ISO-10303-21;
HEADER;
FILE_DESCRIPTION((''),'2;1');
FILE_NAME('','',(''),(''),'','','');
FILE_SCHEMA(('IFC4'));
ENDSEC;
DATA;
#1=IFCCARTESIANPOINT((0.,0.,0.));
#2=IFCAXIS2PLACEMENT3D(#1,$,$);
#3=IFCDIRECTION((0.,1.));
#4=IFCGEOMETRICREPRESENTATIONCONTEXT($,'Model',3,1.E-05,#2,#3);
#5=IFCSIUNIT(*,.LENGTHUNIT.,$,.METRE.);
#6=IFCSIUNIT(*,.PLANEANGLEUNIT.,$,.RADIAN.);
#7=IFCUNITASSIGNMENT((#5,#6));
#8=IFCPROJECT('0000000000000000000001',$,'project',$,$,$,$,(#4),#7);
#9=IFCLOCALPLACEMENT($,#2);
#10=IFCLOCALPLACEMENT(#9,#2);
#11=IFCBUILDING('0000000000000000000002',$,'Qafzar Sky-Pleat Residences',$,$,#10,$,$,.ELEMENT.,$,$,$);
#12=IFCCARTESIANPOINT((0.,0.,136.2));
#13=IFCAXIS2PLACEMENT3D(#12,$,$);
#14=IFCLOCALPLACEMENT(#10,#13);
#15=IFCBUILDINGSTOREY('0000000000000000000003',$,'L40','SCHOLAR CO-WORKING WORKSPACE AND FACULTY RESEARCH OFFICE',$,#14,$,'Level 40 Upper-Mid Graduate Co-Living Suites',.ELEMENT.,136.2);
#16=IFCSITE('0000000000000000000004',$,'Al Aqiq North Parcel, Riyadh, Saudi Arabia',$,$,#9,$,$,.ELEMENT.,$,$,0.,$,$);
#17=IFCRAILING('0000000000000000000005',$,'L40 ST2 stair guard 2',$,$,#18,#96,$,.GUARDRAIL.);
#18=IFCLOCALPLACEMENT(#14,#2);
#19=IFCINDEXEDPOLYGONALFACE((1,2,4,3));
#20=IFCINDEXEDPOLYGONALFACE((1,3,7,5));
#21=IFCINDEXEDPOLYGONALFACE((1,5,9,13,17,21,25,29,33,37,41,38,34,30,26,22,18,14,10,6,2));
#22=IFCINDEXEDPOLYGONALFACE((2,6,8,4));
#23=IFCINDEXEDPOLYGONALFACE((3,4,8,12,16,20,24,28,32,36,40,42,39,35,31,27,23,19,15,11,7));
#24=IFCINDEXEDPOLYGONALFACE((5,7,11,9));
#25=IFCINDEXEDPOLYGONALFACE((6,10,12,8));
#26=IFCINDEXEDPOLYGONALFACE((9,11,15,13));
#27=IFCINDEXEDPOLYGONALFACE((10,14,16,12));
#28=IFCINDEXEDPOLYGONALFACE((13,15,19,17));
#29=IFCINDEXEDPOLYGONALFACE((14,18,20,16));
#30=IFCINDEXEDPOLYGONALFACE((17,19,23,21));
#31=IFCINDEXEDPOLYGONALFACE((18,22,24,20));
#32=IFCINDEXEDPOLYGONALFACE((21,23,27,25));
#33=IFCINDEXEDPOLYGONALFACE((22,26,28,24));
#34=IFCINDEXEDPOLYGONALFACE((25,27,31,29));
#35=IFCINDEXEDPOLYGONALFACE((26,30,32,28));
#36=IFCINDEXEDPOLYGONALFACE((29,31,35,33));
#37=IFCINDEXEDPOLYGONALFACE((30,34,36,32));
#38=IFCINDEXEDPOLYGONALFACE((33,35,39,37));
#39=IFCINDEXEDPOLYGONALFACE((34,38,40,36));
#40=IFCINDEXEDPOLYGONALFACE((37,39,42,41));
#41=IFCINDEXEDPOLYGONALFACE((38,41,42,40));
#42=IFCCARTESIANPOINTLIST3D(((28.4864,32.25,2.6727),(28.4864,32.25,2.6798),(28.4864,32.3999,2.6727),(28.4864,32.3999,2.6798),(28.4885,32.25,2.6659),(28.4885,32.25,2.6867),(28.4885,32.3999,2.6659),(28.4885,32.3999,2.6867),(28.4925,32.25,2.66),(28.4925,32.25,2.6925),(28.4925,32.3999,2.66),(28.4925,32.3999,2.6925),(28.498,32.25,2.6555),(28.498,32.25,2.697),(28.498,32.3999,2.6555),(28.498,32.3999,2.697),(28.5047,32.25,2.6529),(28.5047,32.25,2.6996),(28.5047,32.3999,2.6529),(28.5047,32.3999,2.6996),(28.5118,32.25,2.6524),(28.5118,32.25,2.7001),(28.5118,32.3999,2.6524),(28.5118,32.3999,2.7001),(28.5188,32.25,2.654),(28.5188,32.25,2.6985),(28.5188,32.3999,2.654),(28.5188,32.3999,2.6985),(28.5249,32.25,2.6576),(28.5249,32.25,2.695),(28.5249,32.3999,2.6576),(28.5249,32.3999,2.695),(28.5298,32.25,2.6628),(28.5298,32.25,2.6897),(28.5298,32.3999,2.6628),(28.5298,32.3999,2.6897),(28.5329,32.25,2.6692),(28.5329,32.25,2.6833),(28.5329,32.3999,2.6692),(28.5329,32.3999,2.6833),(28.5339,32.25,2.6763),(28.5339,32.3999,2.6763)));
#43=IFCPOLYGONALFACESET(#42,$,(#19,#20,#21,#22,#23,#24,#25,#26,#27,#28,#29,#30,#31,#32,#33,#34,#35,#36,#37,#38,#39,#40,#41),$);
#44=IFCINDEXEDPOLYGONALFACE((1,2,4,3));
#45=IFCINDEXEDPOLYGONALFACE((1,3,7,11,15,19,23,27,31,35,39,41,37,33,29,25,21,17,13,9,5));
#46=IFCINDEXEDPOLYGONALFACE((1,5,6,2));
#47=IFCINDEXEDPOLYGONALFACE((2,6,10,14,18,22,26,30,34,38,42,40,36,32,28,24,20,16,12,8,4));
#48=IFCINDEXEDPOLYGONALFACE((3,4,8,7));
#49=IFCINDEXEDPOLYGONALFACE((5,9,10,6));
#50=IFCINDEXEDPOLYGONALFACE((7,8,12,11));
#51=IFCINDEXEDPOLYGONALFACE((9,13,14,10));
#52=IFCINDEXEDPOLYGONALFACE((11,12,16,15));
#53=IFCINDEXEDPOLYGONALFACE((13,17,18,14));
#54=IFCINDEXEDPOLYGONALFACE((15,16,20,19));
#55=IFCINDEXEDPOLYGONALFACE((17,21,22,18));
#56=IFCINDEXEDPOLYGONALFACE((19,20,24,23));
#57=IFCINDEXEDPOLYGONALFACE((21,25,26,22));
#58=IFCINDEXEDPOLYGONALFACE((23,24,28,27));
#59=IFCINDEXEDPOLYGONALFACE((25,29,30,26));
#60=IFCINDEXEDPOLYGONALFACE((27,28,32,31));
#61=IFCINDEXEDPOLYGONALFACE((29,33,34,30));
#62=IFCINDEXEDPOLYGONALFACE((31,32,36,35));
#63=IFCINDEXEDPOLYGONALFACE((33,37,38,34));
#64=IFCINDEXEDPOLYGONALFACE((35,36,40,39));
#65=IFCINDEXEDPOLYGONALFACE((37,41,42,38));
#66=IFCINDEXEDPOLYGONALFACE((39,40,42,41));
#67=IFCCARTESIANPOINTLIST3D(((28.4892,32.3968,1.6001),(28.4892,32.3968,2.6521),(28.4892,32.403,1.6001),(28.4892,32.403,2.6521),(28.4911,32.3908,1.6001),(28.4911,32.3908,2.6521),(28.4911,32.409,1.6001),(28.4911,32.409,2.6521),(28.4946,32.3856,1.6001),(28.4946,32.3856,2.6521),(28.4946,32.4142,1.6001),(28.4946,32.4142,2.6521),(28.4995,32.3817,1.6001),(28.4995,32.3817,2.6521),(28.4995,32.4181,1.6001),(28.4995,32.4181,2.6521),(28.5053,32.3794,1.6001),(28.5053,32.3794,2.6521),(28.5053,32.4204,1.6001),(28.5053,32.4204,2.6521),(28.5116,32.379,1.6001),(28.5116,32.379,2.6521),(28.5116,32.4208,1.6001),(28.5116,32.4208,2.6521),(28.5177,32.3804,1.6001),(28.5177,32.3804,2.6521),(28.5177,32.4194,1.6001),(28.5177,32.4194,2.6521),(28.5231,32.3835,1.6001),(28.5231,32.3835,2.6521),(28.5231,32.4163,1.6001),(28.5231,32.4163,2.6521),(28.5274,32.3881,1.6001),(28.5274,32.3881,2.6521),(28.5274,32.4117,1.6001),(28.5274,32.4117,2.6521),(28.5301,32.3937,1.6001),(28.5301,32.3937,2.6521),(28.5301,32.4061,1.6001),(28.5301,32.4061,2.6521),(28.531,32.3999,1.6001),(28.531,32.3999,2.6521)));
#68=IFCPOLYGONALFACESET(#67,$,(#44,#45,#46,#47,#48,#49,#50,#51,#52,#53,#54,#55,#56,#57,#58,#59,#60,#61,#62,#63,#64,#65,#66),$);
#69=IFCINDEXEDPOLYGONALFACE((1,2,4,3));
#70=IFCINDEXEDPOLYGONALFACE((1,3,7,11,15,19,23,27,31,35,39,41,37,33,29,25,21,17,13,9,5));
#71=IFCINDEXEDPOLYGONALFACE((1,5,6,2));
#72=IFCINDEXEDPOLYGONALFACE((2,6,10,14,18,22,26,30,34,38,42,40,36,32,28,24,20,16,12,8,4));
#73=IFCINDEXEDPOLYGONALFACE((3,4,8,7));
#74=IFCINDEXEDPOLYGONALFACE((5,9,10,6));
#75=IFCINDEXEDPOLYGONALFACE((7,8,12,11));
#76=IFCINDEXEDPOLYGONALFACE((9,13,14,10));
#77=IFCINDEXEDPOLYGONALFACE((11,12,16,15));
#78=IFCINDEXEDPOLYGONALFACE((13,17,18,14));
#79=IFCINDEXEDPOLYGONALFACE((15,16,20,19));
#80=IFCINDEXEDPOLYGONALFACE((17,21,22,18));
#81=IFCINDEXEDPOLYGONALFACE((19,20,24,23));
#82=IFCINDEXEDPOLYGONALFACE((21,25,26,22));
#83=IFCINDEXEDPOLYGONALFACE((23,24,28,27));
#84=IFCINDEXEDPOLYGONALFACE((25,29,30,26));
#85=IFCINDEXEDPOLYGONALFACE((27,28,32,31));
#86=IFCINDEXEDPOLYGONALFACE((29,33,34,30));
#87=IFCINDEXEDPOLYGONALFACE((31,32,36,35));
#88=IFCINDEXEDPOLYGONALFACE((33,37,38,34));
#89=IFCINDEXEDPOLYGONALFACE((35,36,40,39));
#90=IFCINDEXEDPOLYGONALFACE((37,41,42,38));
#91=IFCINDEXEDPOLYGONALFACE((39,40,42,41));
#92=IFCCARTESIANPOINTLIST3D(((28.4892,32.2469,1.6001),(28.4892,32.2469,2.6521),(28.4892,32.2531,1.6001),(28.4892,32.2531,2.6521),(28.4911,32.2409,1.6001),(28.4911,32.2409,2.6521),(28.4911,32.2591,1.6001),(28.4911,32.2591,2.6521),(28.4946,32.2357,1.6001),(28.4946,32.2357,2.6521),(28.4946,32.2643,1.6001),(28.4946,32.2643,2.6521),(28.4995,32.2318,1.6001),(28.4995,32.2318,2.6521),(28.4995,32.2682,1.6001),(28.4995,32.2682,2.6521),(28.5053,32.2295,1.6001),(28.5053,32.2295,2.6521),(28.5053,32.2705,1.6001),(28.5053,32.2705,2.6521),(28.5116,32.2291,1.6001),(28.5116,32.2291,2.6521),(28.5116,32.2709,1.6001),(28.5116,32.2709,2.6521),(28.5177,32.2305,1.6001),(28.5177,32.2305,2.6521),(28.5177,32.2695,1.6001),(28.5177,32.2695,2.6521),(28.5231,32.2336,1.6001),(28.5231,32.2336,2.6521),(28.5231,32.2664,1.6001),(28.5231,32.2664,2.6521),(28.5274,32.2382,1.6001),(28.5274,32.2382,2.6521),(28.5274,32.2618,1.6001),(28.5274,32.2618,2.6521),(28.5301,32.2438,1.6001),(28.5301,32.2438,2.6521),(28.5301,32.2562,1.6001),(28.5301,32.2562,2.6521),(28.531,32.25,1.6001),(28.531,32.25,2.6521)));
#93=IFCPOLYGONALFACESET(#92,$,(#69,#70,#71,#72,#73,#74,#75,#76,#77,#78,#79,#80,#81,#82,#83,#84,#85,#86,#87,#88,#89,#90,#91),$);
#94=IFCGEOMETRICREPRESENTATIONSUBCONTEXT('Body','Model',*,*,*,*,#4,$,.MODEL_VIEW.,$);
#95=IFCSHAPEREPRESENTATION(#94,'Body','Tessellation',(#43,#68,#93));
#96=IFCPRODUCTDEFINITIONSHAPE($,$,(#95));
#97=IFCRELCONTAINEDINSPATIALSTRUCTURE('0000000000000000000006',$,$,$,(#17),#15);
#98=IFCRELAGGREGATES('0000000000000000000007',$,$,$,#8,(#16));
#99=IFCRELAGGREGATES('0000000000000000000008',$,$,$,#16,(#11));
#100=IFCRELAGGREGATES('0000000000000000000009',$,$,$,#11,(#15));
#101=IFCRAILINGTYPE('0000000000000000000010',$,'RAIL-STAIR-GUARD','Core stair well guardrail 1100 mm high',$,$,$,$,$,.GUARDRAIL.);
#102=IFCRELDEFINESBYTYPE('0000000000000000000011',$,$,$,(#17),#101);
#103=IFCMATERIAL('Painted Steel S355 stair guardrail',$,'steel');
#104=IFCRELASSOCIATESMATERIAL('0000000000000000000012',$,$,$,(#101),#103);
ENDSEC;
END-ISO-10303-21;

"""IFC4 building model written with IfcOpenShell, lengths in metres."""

from ifc_helpers import new_model, si_unit, direction, frame, origin, origin_2d, place, context, subcontext, project, spatial, circle, extrude, source, transform, mapped, material, type_object, element, save


model = new_model("IFC4")

# Units and contexts
model_context = context("Model", 3, precision=1e-05, world=origin(), true_north=direction((0.0, 1.0)))
body_context = subcontext(model_context, "Body", "Model", "MODEL_VIEW")
ifc_project = project(units=[si_unit("LENGTHUNIT", "METRE"), si_unit("PLANEANGLEUNIT", "RADIAN")], contexts=[model_context])

# Site, building, storey
site_placement = place(None, origin())
site = spatial("IfcSite", under=ifc_project, at=site_placement, Name="Al Aqiq North Parcel, Riyadh, Saudi Arabia", CompositionType="ELEMENT", RefElevation=0.0)
building_placement = place(site_placement, origin())
building = spatial("IfcBuilding", under=site, at=building_placement, Name="Qafzar Sky-Pleat Residences", CompositionType="ELEMENT")
storey_placement = place(building_placement, frame((0.0, 0.0, 136.2)))
storey = spatial("IfcBuildingStorey", under=building, at=storey_placement, Name="L40", Description="SCHOLAR CO-WORKING WORKSPACE AND FACULTY RESEARCH OFFICE", LongName="Level 40 Upper-Mid Graduate Co-Living Suites", CompositionType="ELEMENT", Elevation=136.2)

# Railing
ifc_material_1 = material(Name="Painted Steel S355 stair guardrail", Category="steel")
railing_type_1 = type_object("IfcRailingType", Name="RAIL-STAIR-GUARD", Description="Core stair well guardrail 1100 mm high", PredefinedType="GUARDRAIL", material=ifc_material_1)
shared_shape_1 = source(origin(), body_context, "Body", "SweptSolid", [
    extrude(circle(Radius=0.0239, at=origin_2d()), frame((0.0, 0.0, 1.0762), z_axis=(0.0, -1.0, 0.0), x_axis=(1.0, 0.0, 0.0)), (0.0, 0.0, 1.0), 0.1499),
    extrude(circle(Radius=0.021, at=origin_2d()), origin(), (0.0, 0.0, 1.0), 1.052),
    extrude(circle(Radius=0.021, at=origin_2d()), frame((0.0, -0.1499, 0.0)), (0.0, 0.0, 1.0), 1.052),
])
railing_1_placement = place(storey_placement, frame((28.51, 32.3999, 1.6001)))
element("IfcRailing", 1, at=railing_1_placement, inside=storey, type_object=railing_type_1, Name="L40 ST2 stair guard 2", PredefinedType="GUARDRAIL", context=body_context, shape_type="MappedRepresentation", body=[
    mapped(shared_shape_1, transform((0.0, 0.0, 0.0), x_axis=(1.0, 0.0, 0.0), y_axis=(0.0, 1.0, 0.0), z_axis=(0.0, 0.0, 1.0), scale=1.0)),
])

save(model, "model.ifc")
